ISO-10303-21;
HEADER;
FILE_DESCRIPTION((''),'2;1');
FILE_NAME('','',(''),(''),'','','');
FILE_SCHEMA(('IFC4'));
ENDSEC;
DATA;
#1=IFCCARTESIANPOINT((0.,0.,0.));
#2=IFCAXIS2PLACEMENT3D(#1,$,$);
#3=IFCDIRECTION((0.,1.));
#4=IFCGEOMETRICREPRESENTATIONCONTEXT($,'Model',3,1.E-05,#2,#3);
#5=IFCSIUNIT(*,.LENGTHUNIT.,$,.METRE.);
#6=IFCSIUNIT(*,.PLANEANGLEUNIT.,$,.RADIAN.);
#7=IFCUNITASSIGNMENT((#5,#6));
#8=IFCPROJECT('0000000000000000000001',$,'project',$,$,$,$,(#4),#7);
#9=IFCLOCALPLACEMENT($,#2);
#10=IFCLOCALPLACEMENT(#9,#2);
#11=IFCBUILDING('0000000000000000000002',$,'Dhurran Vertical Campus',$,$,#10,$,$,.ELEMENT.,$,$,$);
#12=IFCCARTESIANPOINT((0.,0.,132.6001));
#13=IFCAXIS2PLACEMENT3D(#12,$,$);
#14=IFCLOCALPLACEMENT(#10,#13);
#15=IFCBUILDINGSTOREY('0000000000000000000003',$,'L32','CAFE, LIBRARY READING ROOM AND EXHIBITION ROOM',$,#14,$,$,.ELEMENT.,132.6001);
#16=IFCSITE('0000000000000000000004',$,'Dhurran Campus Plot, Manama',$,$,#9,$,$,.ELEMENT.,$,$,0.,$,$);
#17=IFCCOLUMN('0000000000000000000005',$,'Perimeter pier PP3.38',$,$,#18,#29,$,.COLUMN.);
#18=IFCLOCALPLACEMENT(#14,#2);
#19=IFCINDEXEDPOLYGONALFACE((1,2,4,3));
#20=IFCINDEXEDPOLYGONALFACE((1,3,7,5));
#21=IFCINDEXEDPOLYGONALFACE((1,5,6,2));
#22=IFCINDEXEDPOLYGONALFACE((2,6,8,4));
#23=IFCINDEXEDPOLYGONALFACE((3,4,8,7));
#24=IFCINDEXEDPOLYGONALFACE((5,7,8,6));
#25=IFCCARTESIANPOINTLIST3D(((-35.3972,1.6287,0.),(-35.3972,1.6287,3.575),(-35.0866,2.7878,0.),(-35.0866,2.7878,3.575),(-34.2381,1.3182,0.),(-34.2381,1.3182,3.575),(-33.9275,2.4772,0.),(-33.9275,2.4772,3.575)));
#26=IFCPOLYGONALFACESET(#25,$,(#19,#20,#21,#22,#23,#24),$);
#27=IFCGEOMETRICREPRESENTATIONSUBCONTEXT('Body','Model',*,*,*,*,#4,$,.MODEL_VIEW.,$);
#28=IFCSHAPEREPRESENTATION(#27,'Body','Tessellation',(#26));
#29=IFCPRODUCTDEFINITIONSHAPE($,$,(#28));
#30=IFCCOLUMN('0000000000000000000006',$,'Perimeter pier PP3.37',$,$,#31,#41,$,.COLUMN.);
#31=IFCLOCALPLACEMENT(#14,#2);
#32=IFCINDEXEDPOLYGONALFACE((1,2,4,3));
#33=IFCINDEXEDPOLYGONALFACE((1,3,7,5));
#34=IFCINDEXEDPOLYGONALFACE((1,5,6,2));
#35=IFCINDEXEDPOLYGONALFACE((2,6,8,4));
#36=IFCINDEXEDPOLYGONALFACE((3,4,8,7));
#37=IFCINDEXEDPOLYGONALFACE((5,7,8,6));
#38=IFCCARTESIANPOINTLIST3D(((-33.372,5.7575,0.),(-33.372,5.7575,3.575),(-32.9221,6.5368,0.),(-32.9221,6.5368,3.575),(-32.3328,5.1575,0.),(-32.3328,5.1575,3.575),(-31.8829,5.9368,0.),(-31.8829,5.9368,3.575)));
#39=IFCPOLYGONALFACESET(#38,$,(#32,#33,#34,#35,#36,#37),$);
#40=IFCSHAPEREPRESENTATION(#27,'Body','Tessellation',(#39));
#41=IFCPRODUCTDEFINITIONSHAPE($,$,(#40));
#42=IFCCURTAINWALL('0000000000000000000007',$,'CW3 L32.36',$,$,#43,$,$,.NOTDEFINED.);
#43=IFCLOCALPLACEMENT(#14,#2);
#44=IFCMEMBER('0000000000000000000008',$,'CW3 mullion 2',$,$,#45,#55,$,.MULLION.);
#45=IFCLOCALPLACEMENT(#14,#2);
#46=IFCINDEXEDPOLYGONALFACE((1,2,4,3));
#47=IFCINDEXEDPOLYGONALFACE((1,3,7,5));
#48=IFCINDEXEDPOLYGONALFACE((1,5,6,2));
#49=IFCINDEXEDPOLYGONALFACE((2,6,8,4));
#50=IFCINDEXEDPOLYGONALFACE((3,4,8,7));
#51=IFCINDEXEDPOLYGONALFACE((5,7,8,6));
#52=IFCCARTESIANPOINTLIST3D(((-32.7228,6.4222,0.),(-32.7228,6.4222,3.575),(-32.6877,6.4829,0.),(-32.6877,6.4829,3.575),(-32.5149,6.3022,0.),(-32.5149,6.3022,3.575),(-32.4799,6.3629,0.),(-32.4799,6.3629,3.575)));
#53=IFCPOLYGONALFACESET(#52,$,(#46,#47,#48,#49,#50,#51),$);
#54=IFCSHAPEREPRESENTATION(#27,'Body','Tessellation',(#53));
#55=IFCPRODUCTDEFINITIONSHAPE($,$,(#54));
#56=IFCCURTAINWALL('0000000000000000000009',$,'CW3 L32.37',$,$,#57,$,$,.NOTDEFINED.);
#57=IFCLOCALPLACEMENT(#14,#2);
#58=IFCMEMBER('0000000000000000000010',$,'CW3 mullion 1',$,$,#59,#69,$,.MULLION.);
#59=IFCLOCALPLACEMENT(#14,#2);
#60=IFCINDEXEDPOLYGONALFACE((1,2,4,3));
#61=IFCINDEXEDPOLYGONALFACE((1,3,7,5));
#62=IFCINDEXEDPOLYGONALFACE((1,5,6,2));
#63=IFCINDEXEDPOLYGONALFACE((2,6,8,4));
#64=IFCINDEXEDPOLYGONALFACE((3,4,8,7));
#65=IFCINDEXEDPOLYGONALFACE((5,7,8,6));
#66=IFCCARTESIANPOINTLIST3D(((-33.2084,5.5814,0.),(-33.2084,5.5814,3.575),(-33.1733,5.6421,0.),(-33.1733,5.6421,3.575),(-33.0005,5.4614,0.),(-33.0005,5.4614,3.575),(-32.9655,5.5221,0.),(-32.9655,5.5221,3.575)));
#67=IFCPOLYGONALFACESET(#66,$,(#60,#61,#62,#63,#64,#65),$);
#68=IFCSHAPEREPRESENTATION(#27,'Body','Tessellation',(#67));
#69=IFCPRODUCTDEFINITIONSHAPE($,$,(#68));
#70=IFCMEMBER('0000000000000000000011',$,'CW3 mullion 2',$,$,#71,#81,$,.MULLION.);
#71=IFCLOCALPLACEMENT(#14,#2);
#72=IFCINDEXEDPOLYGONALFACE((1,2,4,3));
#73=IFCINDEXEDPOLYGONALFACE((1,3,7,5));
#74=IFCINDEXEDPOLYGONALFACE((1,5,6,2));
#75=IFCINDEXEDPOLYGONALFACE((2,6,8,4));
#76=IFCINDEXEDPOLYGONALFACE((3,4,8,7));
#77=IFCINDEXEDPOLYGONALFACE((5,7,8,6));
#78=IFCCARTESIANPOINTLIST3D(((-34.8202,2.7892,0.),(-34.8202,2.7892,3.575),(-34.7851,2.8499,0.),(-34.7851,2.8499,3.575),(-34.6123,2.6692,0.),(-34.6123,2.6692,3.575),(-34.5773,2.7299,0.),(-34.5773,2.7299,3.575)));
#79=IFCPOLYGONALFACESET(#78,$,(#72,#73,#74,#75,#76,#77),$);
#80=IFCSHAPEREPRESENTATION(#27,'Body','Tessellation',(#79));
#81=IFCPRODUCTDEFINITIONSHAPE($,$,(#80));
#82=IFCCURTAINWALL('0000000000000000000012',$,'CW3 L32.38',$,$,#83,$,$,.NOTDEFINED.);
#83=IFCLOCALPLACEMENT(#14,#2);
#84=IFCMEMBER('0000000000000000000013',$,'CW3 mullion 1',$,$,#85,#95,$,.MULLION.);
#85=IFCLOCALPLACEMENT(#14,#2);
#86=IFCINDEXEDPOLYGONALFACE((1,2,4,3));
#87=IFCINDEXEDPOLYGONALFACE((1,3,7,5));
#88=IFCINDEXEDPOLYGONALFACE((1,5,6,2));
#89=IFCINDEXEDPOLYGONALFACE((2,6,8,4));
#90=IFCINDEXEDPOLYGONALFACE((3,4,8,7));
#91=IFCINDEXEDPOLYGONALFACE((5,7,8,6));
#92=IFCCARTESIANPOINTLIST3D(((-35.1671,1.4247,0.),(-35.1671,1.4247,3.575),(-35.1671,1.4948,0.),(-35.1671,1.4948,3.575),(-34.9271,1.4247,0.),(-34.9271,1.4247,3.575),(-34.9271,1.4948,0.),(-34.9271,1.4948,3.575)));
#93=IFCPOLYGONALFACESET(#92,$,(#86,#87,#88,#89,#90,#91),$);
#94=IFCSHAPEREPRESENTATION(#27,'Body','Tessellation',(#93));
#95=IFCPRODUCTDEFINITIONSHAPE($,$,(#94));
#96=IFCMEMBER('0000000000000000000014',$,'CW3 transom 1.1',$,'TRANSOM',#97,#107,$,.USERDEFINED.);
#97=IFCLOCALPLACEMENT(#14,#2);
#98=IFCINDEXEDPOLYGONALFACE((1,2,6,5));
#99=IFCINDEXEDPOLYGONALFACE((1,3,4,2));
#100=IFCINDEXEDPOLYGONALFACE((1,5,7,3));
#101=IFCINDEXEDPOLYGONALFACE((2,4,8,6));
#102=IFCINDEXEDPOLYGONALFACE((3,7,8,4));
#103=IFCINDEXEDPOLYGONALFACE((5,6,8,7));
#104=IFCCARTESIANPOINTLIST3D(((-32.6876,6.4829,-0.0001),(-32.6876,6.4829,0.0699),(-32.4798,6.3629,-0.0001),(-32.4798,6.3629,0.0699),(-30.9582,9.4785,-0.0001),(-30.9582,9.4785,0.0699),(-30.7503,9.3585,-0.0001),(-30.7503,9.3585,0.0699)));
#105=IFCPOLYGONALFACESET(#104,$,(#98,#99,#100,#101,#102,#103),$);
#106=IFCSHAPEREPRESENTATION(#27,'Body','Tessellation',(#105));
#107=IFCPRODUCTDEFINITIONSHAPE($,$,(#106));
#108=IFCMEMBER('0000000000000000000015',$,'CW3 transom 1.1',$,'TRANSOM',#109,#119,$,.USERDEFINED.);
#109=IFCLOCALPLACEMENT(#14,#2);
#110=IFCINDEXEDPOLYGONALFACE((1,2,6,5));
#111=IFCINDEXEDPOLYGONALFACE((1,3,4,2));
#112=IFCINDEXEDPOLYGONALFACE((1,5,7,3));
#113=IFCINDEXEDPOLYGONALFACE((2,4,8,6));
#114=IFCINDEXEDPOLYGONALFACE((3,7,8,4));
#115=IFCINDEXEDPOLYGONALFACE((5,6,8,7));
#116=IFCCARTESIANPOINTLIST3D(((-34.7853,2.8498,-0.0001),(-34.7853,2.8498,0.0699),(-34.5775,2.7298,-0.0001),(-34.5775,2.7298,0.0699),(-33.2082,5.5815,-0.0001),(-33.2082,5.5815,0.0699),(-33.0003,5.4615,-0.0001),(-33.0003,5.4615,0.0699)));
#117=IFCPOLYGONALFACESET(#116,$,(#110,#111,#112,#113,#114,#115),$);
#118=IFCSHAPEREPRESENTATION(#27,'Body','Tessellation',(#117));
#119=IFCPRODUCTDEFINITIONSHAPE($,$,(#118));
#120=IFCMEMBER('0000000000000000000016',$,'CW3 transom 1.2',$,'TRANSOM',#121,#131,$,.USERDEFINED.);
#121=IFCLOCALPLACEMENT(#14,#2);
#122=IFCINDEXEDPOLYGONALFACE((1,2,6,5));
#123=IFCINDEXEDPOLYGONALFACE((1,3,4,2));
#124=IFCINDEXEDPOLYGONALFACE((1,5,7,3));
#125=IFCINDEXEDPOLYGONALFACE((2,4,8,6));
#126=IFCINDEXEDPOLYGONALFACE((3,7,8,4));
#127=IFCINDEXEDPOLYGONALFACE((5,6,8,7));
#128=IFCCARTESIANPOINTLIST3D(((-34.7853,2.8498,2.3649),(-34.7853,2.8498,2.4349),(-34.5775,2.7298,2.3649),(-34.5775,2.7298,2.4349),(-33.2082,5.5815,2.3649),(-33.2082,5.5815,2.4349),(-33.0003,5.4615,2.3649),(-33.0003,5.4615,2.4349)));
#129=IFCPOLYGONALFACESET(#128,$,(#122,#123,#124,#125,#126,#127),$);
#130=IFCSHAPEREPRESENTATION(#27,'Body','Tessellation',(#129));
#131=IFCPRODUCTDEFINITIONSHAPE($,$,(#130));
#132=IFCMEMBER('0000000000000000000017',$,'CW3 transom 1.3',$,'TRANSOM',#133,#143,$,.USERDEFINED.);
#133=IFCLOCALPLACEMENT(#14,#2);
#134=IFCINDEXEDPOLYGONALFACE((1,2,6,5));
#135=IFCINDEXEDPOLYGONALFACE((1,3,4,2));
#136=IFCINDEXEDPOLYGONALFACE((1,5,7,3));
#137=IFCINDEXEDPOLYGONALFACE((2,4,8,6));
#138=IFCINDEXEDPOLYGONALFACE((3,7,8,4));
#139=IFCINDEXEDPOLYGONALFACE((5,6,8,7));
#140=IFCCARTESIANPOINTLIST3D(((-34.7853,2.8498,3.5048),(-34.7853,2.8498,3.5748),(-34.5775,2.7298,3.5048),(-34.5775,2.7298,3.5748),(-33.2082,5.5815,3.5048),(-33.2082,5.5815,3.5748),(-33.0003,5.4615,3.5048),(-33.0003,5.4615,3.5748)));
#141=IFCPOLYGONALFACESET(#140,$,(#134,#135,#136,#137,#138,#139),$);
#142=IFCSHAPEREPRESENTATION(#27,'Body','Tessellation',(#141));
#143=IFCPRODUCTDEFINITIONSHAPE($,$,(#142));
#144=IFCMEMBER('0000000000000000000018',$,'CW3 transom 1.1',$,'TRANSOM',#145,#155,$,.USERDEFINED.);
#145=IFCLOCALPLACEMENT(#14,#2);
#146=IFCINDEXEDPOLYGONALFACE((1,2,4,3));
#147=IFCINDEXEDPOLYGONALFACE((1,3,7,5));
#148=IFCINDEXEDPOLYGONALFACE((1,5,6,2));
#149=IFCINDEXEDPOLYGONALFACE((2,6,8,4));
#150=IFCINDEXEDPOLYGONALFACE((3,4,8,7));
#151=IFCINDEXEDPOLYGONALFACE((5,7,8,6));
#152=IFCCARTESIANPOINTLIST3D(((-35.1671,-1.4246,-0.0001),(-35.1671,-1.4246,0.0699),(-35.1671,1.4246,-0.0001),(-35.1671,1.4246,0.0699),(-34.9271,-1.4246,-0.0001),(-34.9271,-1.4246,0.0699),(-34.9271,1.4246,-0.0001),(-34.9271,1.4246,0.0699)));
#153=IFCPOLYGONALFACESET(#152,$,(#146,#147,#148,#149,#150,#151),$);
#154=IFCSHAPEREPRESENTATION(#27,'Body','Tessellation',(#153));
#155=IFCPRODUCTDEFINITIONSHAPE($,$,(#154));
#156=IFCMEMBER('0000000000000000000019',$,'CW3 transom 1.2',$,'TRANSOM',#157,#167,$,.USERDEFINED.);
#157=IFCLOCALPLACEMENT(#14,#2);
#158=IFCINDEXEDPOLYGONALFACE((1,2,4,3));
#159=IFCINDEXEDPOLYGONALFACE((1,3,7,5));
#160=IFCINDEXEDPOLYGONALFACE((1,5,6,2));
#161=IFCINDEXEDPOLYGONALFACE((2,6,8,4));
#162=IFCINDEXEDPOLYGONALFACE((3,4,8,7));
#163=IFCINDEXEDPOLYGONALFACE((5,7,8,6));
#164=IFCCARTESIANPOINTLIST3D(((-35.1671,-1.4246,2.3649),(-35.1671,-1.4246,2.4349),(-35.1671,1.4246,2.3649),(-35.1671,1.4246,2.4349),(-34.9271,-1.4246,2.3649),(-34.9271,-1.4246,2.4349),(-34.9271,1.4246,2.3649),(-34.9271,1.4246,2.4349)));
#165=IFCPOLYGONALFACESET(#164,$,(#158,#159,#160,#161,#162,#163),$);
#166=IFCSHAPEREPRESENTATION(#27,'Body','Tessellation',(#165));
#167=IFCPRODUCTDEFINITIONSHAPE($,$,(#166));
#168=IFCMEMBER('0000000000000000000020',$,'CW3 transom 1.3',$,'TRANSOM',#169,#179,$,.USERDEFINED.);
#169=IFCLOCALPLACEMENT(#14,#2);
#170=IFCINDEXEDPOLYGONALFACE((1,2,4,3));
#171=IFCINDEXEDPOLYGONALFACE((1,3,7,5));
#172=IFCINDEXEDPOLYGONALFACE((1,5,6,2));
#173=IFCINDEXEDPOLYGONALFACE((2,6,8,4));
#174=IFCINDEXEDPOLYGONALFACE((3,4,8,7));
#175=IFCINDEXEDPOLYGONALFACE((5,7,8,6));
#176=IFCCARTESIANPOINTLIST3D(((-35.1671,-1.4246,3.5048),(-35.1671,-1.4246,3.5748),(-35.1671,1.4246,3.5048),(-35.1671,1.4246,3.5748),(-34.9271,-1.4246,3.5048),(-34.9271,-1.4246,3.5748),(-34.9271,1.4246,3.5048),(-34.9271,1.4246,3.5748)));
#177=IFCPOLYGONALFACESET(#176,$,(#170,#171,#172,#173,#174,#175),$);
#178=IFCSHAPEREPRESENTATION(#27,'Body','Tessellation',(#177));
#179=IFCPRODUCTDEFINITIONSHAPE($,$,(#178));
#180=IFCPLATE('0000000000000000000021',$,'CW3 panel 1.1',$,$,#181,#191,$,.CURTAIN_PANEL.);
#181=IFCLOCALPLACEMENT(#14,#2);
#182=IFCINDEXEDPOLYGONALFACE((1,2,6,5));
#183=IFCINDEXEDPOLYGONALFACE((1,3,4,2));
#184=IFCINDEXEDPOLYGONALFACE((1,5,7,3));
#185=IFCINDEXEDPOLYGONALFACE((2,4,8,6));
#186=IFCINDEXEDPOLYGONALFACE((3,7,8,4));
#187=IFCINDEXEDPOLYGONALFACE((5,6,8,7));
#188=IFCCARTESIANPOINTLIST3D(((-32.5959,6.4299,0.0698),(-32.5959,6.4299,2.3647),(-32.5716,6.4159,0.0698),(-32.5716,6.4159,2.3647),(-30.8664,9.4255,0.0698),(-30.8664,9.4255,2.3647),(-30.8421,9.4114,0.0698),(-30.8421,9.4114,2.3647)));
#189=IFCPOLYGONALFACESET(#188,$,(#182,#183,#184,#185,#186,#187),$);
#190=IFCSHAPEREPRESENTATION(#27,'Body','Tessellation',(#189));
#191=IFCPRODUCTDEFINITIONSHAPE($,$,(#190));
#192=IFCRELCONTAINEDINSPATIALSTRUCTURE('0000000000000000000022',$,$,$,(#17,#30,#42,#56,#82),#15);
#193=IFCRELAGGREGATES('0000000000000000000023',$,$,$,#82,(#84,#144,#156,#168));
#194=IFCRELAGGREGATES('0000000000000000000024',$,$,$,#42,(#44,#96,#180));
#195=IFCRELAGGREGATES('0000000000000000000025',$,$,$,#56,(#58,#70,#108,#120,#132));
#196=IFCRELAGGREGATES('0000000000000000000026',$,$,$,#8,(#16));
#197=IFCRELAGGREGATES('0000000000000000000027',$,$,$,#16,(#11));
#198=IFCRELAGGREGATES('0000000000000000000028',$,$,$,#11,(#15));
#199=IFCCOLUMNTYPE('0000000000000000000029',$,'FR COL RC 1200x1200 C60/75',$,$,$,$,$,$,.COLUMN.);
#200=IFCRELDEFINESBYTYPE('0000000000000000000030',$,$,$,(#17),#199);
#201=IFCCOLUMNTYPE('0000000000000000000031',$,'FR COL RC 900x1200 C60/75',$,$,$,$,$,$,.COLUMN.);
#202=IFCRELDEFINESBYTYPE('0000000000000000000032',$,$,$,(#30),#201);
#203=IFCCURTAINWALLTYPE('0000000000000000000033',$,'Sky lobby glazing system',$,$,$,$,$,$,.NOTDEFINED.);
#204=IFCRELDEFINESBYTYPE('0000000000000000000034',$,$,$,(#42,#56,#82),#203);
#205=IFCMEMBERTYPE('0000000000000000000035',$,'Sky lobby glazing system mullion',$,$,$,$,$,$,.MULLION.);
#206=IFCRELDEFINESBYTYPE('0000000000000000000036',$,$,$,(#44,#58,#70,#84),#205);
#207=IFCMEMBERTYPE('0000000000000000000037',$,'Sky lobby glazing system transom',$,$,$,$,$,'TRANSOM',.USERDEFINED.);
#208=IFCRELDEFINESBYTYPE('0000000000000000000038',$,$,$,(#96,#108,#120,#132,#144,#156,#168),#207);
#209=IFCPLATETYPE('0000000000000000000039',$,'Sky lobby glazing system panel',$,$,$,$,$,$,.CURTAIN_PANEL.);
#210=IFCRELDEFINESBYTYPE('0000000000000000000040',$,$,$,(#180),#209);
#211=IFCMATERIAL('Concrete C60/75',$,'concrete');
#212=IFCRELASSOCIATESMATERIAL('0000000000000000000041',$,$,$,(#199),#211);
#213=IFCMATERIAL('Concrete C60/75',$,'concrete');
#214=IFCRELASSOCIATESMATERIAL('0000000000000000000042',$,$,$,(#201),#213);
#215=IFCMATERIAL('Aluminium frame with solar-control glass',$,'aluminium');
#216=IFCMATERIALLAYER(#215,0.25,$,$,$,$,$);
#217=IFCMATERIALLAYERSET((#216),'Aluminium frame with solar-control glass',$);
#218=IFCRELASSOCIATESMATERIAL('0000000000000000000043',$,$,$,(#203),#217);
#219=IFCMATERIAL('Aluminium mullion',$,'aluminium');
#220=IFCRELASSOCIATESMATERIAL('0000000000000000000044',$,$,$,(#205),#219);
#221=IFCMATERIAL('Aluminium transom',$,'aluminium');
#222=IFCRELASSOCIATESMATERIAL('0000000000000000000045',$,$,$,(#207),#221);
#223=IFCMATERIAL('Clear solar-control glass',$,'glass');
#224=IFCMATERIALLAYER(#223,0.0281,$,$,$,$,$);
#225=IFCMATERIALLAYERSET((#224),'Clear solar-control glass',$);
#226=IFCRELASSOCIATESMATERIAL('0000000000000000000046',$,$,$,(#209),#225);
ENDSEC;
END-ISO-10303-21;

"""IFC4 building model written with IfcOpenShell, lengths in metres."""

from ifc_helpers import new_model, si_unit, direction, frame, origin, origin_2d, place, context, subcontext, project, spatial, rectangle, extrude, material, layer, layer_set, material_profile, profile_set, type_object, element, aggregate, save


model = new_model("IFC4")

# Units and contexts
model_context = context("Model", 3, precision=1e-05, world=origin(), true_north=direction((0.0, 1.0)))
body_context = subcontext(model_context, "Body", "Model", "MODEL_VIEW")
ifc_project = project(units=[si_unit("LENGTHUNIT", "METRE"), si_unit("PLANEANGLEUNIT", "RADIAN")], contexts=[model_context])

# Site, building, storey
site_placement = place(None, origin())
site = spatial("IfcSite", under=ifc_project, at=site_placement, Name="Dhurran Campus Plot, Manama", CompositionType="ELEMENT", RefElevation=0.0)
building_placement = place(site_placement, origin())
building = spatial("IfcBuilding", under=site, at=building_placement, Name="Dhurran Vertical Campus", CompositionType="ELEMENT")
storey_placement = place(building_placement, frame((0.0, 0.0, 132.6001)))
storey = spatial("IfcBuildingStorey", under=building, at=storey_placement, Name="L32", Description="CAFE, LIBRARY READING ROOM AND EXHIBITION ROOM", CompositionType="ELEMENT", Elevation=132.6001)

# Columns
ifc_material_1 = material(Name="Concrete C60/75", Category="concrete")
ifc_material_profile_1 = material_profile(ifc_material_1, rectangle(XDim=1.2, YDim=1.2, at=origin_2d()), Name="RC 1200x1200")
ifc_profile_set_1 = profile_set([ifc_material_profile_1], Name="Concrete C60/75")
column_type_1 = type_object("IfcColumnType", Name="FR COL RC 1200x1200 C60/75", PredefinedType="COLUMN", material=ifc_profile_set_1)
column_1_placement = place(storey_placement, frame((-34.6624, 2.053, 0.0), z_axis=(0.0, 0.0, 1.0), x_axis=(-0.258819, -0.965926, 0.0)))
element("IfcColumn", 1, at=column_1_placement, inside=storey, type_object=column_type_1, Name="Perimeter pier PP3.38", PredefinedType="COLUMN", context=body_context, shape_type="SweptSolid", body=[
    extrude(rectangle(XDim=1.2, YDim=1.2, at=origin_2d()), origin(), (0.0, 0.0, 1.0), 3.575),
])
ifc_material_2 = material(Name="Concrete C60/75", Category="concrete")
ifc_material_profile_2 = material_profile(ifc_material_2, rectangle(XDim=0.8999, YDim=1.2, at=origin_2d()), Name="RC 900x1200")
ifc_profile_set_2 = profile_set([ifc_material_profile_2], Name="Concrete C60/75")
column_type_2 = type_object("IfcColumnType", Name="FR COL RC 900x1200 C60/75", PredefinedType="COLUMN", material=ifc_profile_set_2)
column_2_placement = place(storey_placement, frame((-32.6274, 5.8472, 0.0), z_axis=(0.0, 0.0, 1.0), x_axis=(-0.5, -0.866025, 0.0)))
element("IfcColumn", 2, at=column_2_placement, inside=storey, type_object=column_type_2, Name="Perimeter pier PP3.37", PredefinedType="COLUMN", context=body_context, shape_type="SweptSolid", body=[
    extrude(rectangle(XDim=0.8999, YDim=1.2, at=origin_2d()), origin(), (0.0, 0.0, 1.0), 3.575),
])

# Curtain wall, member
ifc_material_3 = material(Name="Aluminium frame with solar-control glass", Category="aluminium")
ifc_layer_1 = layer(ifc_material_3, 0.25)
ifc_layer_set_1 = layer_set([ifc_layer_1], Name="Aluminium frame with solar-control glass")
curtain_wall_type = type_object("IfcCurtainWallType", Name="Sky lobby glazing system", PredefinedType="NOTDEFINED", material=ifc_layer_set_1)
curtain_wall_1_placement = place(storey_placement, origin())
curtain_wall_1 = element("IfcCurtainWall", 3, at=curtain_wall_1_placement, inside=storey, type_object=curtain_wall_type, Name="CW3 L32.36", PredefinedType="NOTDEFINED")
ifc_material_4 = material(Name="Aluminium mullion", Category="aluminium")
ifc_material_profile_3 = material_profile(ifc_material_4, rectangle(XDim=0.24, YDim=0.0701, at=origin_2d()), Name="Sky lobby glazing system mullion")
ifc_profile_set_3 = profile_set([ifc_material_profile_3], Name="Aluminium mullion")
member_type_1 = type_object("IfcMemberType", Name="Sky lobby glazing system mullion", PredefinedType="MULLION", material=ifc_profile_set_3)
member_1_placement = place(storey_placement, frame((-32.6013, 6.3926, 0.0), z_axis=(0.0, 0.0, 1.0), x_axis=(0.866024, -0.500003, 0.0)))
member_1 = element("IfcMember", 4, at=member_1_placement, type_object=member_type_1, Name="CW3 mullion 2", PredefinedType="MULLION", context=body_context, shape_type="SweptSolid", body=[
    extrude(rectangle(XDim=0.24, YDim=0.0701, at=origin_2d()), origin(), (0.0, 0.0, 1.0), 3.575),
])

# Curtain wall, members
curtain_wall_2_placement = place(storey_placement, origin())
curtain_wall_2 = element("IfcCurtainWall", 5, at=curtain_wall_2_placement, inside=storey, type_object=curtain_wall_type, Name="CW3 L32.37", PredefinedType="NOTDEFINED")
member_2_placement = place(storey_placement, frame((-33.0869, 5.5518, 0.0), z_axis=(0.0, 0.0, 1.0), x_axis=(0.866034, -0.499985, 0.0)))
member_2 = element("IfcMember", 6, at=member_2_placement, type_object=member_type_1, Name="CW3 mullion 1", PredefinedType="MULLION", context=body_context, shape_type="SweptSolid", body=[
    extrude(rectangle(XDim=0.24, YDim=0.0701, at=origin_2d()), origin(), (0.0, 0.0, 1.0), 3.575),
])
member_3_placement = place(storey_placement, frame((-34.6987, 2.7595, 0.0), z_axis=(0.0, 0.0, 1.0), x_axis=(0.866034, -0.499985, 0.0)))
member_3 = element("IfcMember", 7, at=member_3_placement, type_object=member_type_1, Name="CW3 mullion 2", PredefinedType="MULLION", context=body_context, shape_type="SweptSolid", body=[
    extrude(rectangle(XDim=0.24, YDim=0.0701, at=origin_2d()), origin(), (0.0, 0.0, 1.0), 3.575),
])

# Curtain wall, member
curtain_wall_3_placement = place(storey_placement, origin())
curtain_wall_3 = element("IfcCurtainWall", 8, at=curtain_wall_3_placement, inside=storey, type_object=curtain_wall_type, Name="CW3 L32.38", PredefinedType="NOTDEFINED")
member_4_placement = place(storey_placement, frame((-35.0471, 1.4597, 0.0), z_axis=(0.0, 0.0, 1.0), x_axis=(1.0, 0.0, 0.0)))
member_4 = element("IfcMember", 9, at=member_4_placement, type_object=member_type_1, Name="CW3 mullion 1", PredefinedType="MULLION", context=body_context, shape_type="SweptSolid", body=[
    extrude(rectangle(XDim=0.24, YDim=0.0701, at=origin_2d()), origin(), (0.0, 0.0, 1.0), 3.575),
])

# Members
ifc_material_5 = material(Name="Aluminium transom", Category="aluminium")
ifc_material_profile_4 = material_profile(ifc_material_5, rectangle(XDim=0.24, YDim=0.0701, at=origin_2d()), Name="Sky lobby glazing system transom")
ifc_profile_set_4 = profile_set([ifc_material_profile_4], Name="Aluminium transom")
member_type_2 = type_object("IfcMemberType", Name="Sky lobby glazing system transom", ElementType="TRANSOM", PredefinedType="USERDEFINED", material=ifc_profile_set_4)
member_5_placement = place(storey_placement, frame((-30.8542, 9.4185, 0.0349), z_axis=(-0.499995, -0.866028, 0.0), x_axis=(0.866028, -0.499995, 0.0)))
member_5 = element("IfcMember", 10, at=member_5_placement, type_object=member_type_2, Name="CW3 transom 1.1", ObjectType="TRANSOM", PredefinedType="USERDEFINED", context=body_context, shape_type="SweptSolid", body=[
    extrude(rectangle(XDim=0.24, YDim=0.0701, at=origin_2d()), origin(), (0.0, 0.0, 1.0), 3.459),
])
member_6_placement = place(storey_placement, frame((-33.1042, 5.5215, 0.0349), z_axis=(-0.500002, -0.866024, 0.0), x_axis=(0.866024, -0.500002, 0.0)))
member_6 = element("IfcMember", 11, at=member_6_placement, type_object=member_type_2, Name="CW3 transom 1.1", ObjectType="TRANSOM", PredefinedType="USERDEFINED", context=body_context, shape_type="SweptSolid", body=[
    extrude(rectangle(XDim=0.24, YDim=0.0701, at=origin_2d()), origin(), (0.0, 0.0, 1.0), 3.1543),
])
member_7_placement = place(storey_placement, frame((-33.1042, 5.5215, 2.3999), z_axis=(-0.500002, -0.866024, 0.0), x_axis=(0.866024, -0.500002, 0.0)))
member_7 = element("IfcMember", 12, at=member_7_placement, type_object=member_type_2, Name="CW3 transom 1.2", ObjectType="TRANSOM", PredefinedType="USERDEFINED", context=body_context, shape_type="SweptSolid", body=[
    extrude(rectangle(XDim=0.24, YDim=0.0701, at=origin_2d()), origin(), (0.0, 0.0, 1.0), 3.1543),
])
member_8_placement = place(storey_placement, frame((-33.1042, 5.5215, 3.5398), z_axis=(-0.500002, -0.866024, 0.0), x_axis=(0.866024, -0.500002, 0.0)))
member_8 = element("IfcMember", 13, at=member_8_placement, type_object=member_type_2, Name="CW3 transom 1.3", ObjectType="TRANSOM", PredefinedType="USERDEFINED", context=body_context, shape_type="SweptSolid", body=[
    extrude(rectangle(XDim=0.24, YDim=0.0701, at=origin_2d()), origin(), (0.0, 0.0, 1.0), 3.1543),
])
member_9_placement = place(storey_placement, frame((-35.0471, 1.4246, 0.0349), z_axis=(0.0, -1.0, 0.0), x_axis=(1.0, 0.0, 0.0)))
member_9 = element("IfcMember", 14, at=member_9_placement, type_object=member_type_2, Name="CW3 transom 1.1", ObjectType="TRANSOM", PredefinedType="USERDEFINED", context=body_context, shape_type="SweptSolid", body=[
    extrude(rectangle(XDim=0.24, YDim=0.0701, at=origin_2d()), origin(), (0.0, 0.0, 1.0), 2.8491),
])
member_10_placement = place(storey_placement, frame((-35.0471, 1.4246, 2.3999), z_axis=(0.0, -1.0, 0.0), x_axis=(1.0, 0.0, 0.0)))
member_10 = element("IfcMember", 15, at=member_10_placement, type_object=member_type_2, Name="CW3 transom 1.2", ObjectType="TRANSOM", PredefinedType="USERDEFINED", context=body_context, shape_type="SweptSolid", body=[
    extrude(rectangle(XDim=0.24, YDim=0.0701, at=origin_2d()), origin(), (0.0, 0.0, 1.0), 2.8491),
])
member_11_placement = place(storey_placement, frame((-35.0471, 1.4246, 3.5398), z_axis=(0.0, -1.0, 0.0), x_axis=(1.0, 0.0, 0.0)))
member_11 = element("IfcMember", 16, at=member_11_placement, type_object=member_type_2, Name="CW3 transom 1.3", ObjectType="TRANSOM", PredefinedType="USERDEFINED", context=body_context, shape_type="SweptSolid", body=[
    extrude(rectangle(XDim=0.24, YDim=0.0701, at=origin_2d()), origin(), (0.0, 0.0, 1.0), 2.8491),
])
aggregate(curtain_wall_3, [member_4, member_9, member_10, member_11])

# Plate
ifc_material_6 = material(Name="Clear solar-control glass", Category="glass")
ifc_layer_2 = layer(ifc_material_6, 0.0281)
ifc_layer_set_2 = layer_set([ifc_layer_2], Name="Clear solar-control glass")
plate_type = type_object("IfcPlateType", Name="Sky lobby glazing system panel", PredefinedType="CURTAIN_PANEL", material=ifc_layer_set_2)
plate_1_placement = place(storey_placement, frame((-31.719, 7.9207, 0.0698), z_axis=(0.0, 0.0, 1.0), x_axis=(-0.500003, -0.866024, 0.0)))
plate_1 = element("IfcPlate", 17, at=plate_1_placement, type_object=plate_type, Name="CW3 panel 1.1", PredefinedType="CURTAIN_PANEL", context=body_context, shape_type="SweptSolid", body=[
    extrude(rectangle(XDim=3.459, YDim=0.0281, at=origin_2d()), origin(), (0.0, 0.0, 1.0), 2.2949),
])
aggregate(curtain_wall_1, [member_1, member_5, plate_1])
aggregate(curtain_wall_2, [member_2, member_3, member_6, member_7, member_8])

save(model, "model.ifc")
